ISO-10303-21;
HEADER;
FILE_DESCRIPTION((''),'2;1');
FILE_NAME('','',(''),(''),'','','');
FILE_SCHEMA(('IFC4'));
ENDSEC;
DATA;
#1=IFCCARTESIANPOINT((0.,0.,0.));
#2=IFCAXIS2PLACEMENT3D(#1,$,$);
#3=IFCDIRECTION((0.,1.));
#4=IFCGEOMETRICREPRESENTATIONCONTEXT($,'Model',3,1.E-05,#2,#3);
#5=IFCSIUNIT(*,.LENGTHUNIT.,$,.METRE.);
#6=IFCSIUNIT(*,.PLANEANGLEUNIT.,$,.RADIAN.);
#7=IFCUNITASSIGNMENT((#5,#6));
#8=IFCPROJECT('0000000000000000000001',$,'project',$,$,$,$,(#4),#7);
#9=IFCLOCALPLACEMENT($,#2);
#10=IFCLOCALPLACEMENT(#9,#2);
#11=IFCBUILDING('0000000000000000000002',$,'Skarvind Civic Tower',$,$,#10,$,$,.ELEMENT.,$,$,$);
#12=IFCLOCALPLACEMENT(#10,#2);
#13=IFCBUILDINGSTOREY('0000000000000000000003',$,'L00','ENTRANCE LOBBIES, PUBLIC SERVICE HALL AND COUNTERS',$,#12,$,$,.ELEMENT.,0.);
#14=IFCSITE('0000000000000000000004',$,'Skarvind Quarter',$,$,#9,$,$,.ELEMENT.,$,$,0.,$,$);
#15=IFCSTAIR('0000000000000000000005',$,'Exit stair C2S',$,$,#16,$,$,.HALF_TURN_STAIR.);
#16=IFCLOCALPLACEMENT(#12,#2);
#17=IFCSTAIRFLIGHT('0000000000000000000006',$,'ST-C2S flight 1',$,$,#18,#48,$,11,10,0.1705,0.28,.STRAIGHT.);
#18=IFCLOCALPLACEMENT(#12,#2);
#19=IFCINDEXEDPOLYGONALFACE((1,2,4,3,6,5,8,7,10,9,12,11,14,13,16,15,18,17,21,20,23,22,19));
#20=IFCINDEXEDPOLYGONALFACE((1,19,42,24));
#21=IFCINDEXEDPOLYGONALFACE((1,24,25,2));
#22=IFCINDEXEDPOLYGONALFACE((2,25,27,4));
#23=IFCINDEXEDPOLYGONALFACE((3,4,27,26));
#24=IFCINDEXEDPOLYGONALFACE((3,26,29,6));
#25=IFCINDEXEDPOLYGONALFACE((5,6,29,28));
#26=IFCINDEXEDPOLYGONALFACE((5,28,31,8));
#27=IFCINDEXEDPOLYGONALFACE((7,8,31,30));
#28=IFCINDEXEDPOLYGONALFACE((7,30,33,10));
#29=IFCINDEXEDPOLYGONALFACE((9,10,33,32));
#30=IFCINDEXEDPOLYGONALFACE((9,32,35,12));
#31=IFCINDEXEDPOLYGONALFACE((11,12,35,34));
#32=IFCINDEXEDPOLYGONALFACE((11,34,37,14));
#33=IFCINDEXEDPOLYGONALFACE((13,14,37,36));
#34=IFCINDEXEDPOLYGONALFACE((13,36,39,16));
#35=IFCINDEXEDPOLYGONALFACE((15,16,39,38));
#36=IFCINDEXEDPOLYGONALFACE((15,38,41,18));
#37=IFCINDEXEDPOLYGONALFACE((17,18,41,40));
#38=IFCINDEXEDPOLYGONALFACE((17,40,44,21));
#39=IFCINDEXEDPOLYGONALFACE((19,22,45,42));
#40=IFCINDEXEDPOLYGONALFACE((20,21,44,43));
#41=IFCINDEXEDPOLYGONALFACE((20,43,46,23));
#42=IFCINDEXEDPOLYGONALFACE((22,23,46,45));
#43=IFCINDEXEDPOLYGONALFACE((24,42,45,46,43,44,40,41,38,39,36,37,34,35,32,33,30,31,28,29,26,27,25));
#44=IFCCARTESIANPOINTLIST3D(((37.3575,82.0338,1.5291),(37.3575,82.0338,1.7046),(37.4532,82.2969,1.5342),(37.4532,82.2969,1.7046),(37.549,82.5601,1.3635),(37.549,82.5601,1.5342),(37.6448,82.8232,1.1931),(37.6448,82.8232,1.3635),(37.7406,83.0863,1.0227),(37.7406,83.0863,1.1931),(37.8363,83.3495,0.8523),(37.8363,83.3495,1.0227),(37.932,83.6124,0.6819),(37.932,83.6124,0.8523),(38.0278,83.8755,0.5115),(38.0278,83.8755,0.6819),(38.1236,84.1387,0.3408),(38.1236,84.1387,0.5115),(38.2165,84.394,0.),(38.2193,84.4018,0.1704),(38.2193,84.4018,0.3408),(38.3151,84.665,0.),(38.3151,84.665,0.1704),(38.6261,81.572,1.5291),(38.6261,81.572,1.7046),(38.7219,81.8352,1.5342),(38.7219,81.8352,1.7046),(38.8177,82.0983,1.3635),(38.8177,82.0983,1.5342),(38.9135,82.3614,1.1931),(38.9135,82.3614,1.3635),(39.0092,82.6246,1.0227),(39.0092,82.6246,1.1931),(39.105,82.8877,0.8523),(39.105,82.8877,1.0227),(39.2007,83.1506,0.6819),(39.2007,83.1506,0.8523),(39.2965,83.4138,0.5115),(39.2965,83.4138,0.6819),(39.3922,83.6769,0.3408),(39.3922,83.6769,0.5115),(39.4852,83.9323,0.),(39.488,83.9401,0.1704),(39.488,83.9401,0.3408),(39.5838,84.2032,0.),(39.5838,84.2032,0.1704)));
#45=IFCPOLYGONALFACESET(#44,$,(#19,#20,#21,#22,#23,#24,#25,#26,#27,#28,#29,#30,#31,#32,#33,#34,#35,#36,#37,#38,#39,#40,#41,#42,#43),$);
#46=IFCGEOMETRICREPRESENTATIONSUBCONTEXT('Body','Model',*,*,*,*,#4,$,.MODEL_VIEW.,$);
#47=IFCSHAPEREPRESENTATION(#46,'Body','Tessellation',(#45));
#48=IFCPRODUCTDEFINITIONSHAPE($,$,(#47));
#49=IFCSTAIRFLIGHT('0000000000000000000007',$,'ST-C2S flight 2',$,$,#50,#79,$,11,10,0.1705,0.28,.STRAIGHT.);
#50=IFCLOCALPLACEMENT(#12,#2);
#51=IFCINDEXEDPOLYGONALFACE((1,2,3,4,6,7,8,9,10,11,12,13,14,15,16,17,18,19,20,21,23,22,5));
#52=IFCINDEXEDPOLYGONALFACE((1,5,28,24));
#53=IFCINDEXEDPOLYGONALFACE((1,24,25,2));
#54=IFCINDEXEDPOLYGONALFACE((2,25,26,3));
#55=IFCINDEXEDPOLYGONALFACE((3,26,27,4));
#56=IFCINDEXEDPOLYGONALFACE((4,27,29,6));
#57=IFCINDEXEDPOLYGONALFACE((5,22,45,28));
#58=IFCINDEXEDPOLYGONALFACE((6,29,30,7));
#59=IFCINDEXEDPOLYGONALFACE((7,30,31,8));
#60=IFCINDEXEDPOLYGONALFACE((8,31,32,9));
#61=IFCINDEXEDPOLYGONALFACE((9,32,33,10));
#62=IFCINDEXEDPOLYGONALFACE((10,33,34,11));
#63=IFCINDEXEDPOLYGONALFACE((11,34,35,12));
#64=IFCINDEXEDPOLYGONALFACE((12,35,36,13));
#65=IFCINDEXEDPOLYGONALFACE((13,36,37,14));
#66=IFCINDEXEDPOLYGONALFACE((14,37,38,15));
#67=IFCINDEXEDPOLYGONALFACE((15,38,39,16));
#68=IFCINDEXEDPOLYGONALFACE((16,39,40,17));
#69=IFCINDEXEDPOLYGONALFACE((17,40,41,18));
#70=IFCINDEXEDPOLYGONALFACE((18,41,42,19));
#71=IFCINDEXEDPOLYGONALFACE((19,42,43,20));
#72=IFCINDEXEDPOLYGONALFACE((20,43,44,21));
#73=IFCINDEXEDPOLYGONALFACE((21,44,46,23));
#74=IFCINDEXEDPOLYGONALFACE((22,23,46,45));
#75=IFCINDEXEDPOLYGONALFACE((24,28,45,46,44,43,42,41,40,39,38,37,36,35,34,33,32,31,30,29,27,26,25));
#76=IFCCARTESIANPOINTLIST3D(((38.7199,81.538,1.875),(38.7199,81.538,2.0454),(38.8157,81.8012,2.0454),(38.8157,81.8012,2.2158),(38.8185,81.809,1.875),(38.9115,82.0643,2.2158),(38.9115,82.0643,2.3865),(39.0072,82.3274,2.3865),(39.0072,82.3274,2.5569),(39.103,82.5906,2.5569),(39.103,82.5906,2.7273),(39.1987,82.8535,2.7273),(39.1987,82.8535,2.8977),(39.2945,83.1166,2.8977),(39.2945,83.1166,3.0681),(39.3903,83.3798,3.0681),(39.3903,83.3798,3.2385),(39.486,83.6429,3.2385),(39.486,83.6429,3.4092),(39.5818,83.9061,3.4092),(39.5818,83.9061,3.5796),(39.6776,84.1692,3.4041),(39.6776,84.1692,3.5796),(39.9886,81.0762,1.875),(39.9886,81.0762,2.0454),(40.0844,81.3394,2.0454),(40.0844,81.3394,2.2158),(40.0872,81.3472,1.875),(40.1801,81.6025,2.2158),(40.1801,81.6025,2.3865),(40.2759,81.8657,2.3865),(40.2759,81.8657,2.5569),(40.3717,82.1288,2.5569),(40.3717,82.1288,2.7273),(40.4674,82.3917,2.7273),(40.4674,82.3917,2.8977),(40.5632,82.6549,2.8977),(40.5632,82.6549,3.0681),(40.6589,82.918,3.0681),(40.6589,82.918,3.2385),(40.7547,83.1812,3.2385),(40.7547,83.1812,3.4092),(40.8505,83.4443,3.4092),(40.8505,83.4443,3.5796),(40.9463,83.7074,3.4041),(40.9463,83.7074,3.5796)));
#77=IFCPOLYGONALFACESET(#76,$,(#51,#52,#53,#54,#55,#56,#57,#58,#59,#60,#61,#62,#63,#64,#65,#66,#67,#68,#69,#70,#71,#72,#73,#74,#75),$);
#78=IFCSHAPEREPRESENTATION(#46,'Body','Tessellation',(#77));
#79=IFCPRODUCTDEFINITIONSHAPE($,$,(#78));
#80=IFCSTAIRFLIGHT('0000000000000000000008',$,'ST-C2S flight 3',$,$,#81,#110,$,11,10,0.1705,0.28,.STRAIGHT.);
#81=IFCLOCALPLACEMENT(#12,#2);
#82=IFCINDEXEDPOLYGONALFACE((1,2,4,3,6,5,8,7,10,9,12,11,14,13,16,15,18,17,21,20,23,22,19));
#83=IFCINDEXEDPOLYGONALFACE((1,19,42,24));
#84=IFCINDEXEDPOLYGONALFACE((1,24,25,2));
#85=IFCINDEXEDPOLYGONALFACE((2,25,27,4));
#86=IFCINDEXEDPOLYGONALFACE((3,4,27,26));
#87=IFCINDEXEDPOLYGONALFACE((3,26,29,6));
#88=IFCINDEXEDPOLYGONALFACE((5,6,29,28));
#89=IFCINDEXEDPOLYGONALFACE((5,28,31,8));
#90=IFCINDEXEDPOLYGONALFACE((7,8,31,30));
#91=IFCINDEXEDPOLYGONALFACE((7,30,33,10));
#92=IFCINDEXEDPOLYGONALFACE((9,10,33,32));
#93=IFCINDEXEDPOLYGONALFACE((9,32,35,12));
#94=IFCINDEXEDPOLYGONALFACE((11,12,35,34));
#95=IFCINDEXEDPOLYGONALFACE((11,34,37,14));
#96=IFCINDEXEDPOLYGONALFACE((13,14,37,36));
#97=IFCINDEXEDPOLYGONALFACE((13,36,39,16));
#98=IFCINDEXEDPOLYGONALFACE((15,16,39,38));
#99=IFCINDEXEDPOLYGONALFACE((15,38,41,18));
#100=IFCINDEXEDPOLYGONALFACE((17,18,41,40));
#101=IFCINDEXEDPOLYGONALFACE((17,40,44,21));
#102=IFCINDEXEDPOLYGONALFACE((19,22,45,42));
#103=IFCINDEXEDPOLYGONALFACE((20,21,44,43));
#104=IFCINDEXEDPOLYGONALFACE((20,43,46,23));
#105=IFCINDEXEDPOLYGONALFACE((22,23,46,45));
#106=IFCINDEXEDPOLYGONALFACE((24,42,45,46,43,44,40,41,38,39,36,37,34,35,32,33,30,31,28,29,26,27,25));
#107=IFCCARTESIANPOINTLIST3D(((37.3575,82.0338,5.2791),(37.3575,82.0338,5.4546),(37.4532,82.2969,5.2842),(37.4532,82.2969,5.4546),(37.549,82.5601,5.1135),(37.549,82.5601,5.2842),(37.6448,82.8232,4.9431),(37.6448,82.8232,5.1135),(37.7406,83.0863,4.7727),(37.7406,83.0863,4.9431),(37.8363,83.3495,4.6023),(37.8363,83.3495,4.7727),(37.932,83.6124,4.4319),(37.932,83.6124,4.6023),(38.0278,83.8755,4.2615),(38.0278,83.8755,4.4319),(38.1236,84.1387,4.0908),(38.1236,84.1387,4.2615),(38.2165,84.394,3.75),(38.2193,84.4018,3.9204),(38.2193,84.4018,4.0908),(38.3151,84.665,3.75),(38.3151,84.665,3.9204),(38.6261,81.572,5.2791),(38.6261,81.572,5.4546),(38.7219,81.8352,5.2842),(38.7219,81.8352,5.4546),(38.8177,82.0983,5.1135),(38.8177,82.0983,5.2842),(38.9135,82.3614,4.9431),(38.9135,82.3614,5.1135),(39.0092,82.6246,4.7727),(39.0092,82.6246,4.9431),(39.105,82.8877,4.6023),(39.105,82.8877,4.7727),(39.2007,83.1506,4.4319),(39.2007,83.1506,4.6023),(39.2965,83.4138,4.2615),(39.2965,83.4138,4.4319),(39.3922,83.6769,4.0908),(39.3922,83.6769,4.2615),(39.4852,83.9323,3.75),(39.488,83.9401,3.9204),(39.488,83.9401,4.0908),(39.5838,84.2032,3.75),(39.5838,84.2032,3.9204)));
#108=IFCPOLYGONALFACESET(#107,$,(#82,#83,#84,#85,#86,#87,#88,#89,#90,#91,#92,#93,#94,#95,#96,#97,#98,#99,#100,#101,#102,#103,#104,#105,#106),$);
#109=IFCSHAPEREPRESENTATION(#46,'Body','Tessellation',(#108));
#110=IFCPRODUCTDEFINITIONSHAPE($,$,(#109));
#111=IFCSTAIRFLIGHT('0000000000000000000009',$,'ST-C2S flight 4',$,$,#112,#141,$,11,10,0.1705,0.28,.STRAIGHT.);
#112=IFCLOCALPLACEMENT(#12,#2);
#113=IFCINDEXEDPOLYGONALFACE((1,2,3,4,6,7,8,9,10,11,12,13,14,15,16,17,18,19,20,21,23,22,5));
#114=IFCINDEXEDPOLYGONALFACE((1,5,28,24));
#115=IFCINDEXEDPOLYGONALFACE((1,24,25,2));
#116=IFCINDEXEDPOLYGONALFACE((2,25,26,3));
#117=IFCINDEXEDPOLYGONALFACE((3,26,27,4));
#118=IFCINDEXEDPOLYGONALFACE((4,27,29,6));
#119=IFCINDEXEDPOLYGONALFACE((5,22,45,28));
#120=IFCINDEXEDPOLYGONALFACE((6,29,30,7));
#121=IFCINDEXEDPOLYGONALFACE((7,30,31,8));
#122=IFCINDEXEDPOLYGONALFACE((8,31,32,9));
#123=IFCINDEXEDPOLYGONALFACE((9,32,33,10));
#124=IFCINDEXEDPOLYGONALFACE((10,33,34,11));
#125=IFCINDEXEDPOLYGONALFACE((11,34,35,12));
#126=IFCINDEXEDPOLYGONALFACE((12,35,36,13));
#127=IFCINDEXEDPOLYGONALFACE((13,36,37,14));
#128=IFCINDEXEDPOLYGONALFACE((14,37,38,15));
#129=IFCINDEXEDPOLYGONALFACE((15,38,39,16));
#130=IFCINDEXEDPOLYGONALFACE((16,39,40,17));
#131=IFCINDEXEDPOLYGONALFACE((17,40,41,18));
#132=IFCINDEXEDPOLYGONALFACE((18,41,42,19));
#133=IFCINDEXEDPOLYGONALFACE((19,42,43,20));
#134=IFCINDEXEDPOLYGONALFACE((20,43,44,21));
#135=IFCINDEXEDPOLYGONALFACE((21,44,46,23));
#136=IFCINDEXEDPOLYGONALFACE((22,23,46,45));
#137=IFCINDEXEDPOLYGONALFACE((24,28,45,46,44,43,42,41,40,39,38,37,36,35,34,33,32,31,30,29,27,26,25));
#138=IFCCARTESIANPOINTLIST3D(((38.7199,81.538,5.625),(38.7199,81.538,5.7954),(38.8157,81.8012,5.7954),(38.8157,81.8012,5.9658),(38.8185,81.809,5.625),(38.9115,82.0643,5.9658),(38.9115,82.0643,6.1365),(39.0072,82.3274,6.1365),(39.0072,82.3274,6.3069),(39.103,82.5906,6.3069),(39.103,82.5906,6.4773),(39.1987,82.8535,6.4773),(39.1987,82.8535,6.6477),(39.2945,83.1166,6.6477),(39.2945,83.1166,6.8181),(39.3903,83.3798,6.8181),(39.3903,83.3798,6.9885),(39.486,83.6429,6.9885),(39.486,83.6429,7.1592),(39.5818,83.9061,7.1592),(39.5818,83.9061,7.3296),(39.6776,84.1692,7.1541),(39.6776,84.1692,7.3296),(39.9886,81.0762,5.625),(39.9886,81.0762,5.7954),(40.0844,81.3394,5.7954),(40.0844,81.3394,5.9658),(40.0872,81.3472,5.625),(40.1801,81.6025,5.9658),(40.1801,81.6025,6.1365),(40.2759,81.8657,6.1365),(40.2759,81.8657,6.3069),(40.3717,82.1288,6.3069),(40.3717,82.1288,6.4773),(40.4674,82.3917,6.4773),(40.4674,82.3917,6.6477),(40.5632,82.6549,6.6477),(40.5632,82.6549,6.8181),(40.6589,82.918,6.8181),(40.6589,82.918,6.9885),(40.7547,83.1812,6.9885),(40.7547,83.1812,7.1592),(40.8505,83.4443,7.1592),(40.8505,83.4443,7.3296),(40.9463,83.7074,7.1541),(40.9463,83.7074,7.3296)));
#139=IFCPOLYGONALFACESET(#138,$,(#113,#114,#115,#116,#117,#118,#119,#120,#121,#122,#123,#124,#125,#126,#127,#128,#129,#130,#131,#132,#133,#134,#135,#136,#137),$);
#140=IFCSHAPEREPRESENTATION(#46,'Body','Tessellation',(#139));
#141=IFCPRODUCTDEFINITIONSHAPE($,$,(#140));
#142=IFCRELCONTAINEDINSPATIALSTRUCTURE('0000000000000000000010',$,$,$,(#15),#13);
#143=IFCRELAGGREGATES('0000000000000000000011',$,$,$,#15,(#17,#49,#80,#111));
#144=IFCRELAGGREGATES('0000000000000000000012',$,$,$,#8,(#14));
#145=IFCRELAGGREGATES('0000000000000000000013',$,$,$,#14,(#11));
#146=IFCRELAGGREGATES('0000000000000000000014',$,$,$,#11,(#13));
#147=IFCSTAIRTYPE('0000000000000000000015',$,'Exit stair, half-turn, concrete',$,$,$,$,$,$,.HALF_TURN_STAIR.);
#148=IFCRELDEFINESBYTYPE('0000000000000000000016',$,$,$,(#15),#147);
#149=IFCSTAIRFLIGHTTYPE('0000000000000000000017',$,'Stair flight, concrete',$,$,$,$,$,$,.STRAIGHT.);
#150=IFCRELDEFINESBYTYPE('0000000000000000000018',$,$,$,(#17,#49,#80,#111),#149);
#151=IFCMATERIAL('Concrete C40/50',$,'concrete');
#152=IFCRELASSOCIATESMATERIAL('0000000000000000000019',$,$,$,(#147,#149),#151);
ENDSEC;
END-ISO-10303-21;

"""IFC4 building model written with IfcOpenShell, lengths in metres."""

from ifc_helpers import new_model, si_unit, direction, frame, origin, place, context, subcontext, project, spatial, polyline, outline, extrude, material, type_object, element, aggregate, save


model = new_model("IFC4")

# Units and contexts
model_context = context("Model", 3, precision=1e-05, world=origin(), true_north=direction((0.0, 1.0)))
body_context = subcontext(model_context, "Body", "Model", "MODEL_VIEW")
ifc_project = project(units=[si_unit("LENGTHUNIT", "METRE"), si_unit("PLANEANGLEUNIT", "RADIAN")], contexts=[model_context])

# Site, building, storey
site_placement = place(None, origin())
site = spatial("IfcSite", under=ifc_project, at=site_placement, Name="Skarvind Quarter", CompositionType="ELEMENT", RefElevation=0.0)
building_placement = place(site_placement, origin())
building = spatial("IfcBuilding", under=site, at=building_placement, Name="Skarvind Civic Tower", CompositionType="ELEMENT")
storey_placement = place(building_placement, origin())
storey = spatial("IfcBuildingStorey", under=building, at=storey_placement, Name="L00", Description="ENTRANCE LOBBIES, PUBLIC SERVICE HALL AND COUNTERS", CompositionType="ELEMENT", Elevation=0.0)

# Stair, stair flights
ifc_material_1 = material(Name="Concrete C40/50", Category="concrete")
stair_type = type_object("IfcStairType", Name="Exit stair, half-turn, concrete", PredefinedType="HALF_TURN_STAIR", material=ifc_material_1)
stair_placement = place(storey_placement, origin())
stair = element("IfcStair", 1, at=stair_placement, inside=storey, type_object=stair_type, Name="Exit stair C2S", PredefinedType="HALF_TURN_STAIR")
stair_flight_type = type_object("IfcStairFlightType", Name="Stair flight, concrete", PredefinedType="STRAIGHT", material=ifc_material_1)
stair_flight_1_placement = place(storey_placement, frame((38.9495, 84.4341, 0.0), z_axis=(0.0, 0.0, 1.0), x_axis=(-0.34202, -0.939693, 0.0)))
stair_flight_1 = element("IfcStairFlight", 2, at=stair_flight_1_placement, type_object=stair_flight_type, Name="ST-C2S flight 1", NumberOfRisers=11, NumberOfTreads=10, PredefinedType="STRAIGHT", RiserHeight=0.1705, TreadLength=0.28, context=body_context, shape_type="SweptSolid", body=[
    extrude(outline(polyline([(0.0, 0.0), (0.0, 0.1704), (0.28, 0.1704), (0.28, 0.3408), (0.5601, 0.3408), (0.5601, 0.5115), (0.8401, 0.5115), (0.8401, 0.6819), (1.1201, 0.6819), (1.1201, 0.8523), (1.3999, 0.8523), (1.3999, 1.0227), (1.6799, 1.0227), (1.6799, 1.1931), (1.96, 1.1931), (1.96, 1.3635), (2.24, 1.3635), (2.24, 1.5342), (2.52, 1.5342), (2.52, 1.7046), (2.8, 1.7046), (2.8, 1.875), (2.8, 1.5291), (0.2883, 0.0), (0.0, 0.0)])), frame((0.0, 0.675, 0.0), z_axis=(0.0, -1.0, 0.0), x_axis=(1.0, 0.0, 0.0)), (0.0, 0.0, 1.0), 1.3501),
])
stair_flight_2_placement = place(storey_placement, frame((39.3542, 81.3071, 1.875), z_axis=(0.0, 0.0, 1.0), x_axis=(0.34202, 0.939693, 0.0)))
stair_flight_2 = element("IfcStairFlight", 3, at=stair_flight_2_placement, type_object=stair_flight_type, Name="ST-C2S flight 2", NumberOfRisers=11, NumberOfTreads=10, PredefinedType="STRAIGHT", RiserHeight=0.1705, TreadLength=0.28, context=body_context, shape_type="SweptSolid", body=[
    extrude(outline(polyline([(0.0, 0.0), (0.0, 0.1704), (0.28, 0.1704), (0.28, 0.3408), (0.5601, 0.3408), (0.5601, 0.5115), (0.8401, 0.5115), (0.8401, 0.6819), (1.1201, 0.6819), (1.1201, 0.8523), (1.3999, 0.8523), (1.3999, 1.0227), (1.6799, 1.0227), (1.6799, 1.1931), (1.96, 1.1931), (1.96, 1.3635), (2.24, 1.3635), (2.24, 1.5342), (2.52, 1.5342), (2.52, 1.7046), (2.8, 1.7046), (2.8, 1.875), (2.8, 1.5291), (0.2883, 0.0), (0.0, 0.0)])), frame((0.0, 0.675, 0.0), z_axis=(0.0, -1.0, 0.0), x_axis=(1.0, 0.0, 0.0)), (0.0, 0.0, 1.0), 1.3501),
])
stair_flight_3_placement = place(storey_placement, frame((38.9495, 84.4341, 3.75), z_axis=(0.0, 0.0, 1.0), x_axis=(-0.34202, -0.939693, 0.0)))
stair_flight_3 = element("IfcStairFlight", 4, at=stair_flight_3_placement, type_object=stair_flight_type, Name="ST-C2S flight 3", NumberOfRisers=11, NumberOfTreads=10, PredefinedType="STRAIGHT", RiserHeight=0.1705, TreadLength=0.28, context=body_context, shape_type="SweptSolid", body=[
    extrude(outline(polyline([(0.0, 0.0), (0.0, 0.1704), (0.28, 0.1704), (0.28, 0.3408), (0.5601, 0.3408), (0.5601, 0.5115), (0.8401, 0.5115), (0.8401, 0.6819), (1.1201, 0.6819), (1.1201, 0.8523), (1.3999, 0.8523), (1.3999, 1.0227), (1.6799, 1.0227), (1.6799, 1.1931), (1.96, 1.1931), (1.96, 1.3635), (2.24, 1.3635), (2.24, 1.5342), (2.52, 1.5342), (2.52, 1.7046), (2.8, 1.7046), (2.8, 1.875), (2.8, 1.5291), (0.2883, 0.0), (0.0, 0.0)])), frame((0.0, 0.675, 0.0), z_axis=(0.0, -1.0, 0.0), x_axis=(1.0, 0.0, 0.0)), (0.0, 0.0, 1.0), 1.3501),
])
stair_flight_4_placement = place(storey_placement, frame((39.3542, 81.3071, 5.625), z_axis=(0.0, 0.0, 1.0), x_axis=(0.34202, 0.939693, 0.0)))
stair_flight_4 = element("IfcStairFlight", 5, at=stair_flight_4_placement, type_object=stair_flight_type, Name="ST-C2S flight 4", NumberOfRisers=11, NumberOfTreads=10, PredefinedType="STRAIGHT", RiserHeight=0.1705, TreadLength=0.28, context=body_context, shape_type="SweptSolid", body=[
    extrude(outline(polyline([(0.0, 0.0), (0.0, 0.1704), (0.28, 0.1704), (0.28, 0.3408), (0.5601, 0.3408), (0.5601, 0.5115), (0.8401, 0.5115), (0.8401, 0.6819), (1.1201, 0.6819), (1.1201, 0.8523), (1.3999, 0.8523), (1.3999, 1.0227), (1.6799, 1.0227), (1.6799, 1.1931), (1.96, 1.1931), (1.96, 1.3635), (2.24, 1.3635), (2.24, 1.5342), (2.52, 1.5342), (2.52, 1.7046), (2.8, 1.7046), (2.8, 1.875), (2.8, 1.5291), (0.2883, 0.0), (0.0, 0.0)])), frame((0.0, 0.675, 0.0), z_axis=(0.0, -1.0, 0.0), x_axis=(1.0, 0.0, 0.0)), (0.0, 0.0, 1.0), 1.3501),
])
aggregate(stair, [stair_flight_1, stair_flight_2, stair_flight_3, stair_flight_4])

save(model, "model.ifc")
